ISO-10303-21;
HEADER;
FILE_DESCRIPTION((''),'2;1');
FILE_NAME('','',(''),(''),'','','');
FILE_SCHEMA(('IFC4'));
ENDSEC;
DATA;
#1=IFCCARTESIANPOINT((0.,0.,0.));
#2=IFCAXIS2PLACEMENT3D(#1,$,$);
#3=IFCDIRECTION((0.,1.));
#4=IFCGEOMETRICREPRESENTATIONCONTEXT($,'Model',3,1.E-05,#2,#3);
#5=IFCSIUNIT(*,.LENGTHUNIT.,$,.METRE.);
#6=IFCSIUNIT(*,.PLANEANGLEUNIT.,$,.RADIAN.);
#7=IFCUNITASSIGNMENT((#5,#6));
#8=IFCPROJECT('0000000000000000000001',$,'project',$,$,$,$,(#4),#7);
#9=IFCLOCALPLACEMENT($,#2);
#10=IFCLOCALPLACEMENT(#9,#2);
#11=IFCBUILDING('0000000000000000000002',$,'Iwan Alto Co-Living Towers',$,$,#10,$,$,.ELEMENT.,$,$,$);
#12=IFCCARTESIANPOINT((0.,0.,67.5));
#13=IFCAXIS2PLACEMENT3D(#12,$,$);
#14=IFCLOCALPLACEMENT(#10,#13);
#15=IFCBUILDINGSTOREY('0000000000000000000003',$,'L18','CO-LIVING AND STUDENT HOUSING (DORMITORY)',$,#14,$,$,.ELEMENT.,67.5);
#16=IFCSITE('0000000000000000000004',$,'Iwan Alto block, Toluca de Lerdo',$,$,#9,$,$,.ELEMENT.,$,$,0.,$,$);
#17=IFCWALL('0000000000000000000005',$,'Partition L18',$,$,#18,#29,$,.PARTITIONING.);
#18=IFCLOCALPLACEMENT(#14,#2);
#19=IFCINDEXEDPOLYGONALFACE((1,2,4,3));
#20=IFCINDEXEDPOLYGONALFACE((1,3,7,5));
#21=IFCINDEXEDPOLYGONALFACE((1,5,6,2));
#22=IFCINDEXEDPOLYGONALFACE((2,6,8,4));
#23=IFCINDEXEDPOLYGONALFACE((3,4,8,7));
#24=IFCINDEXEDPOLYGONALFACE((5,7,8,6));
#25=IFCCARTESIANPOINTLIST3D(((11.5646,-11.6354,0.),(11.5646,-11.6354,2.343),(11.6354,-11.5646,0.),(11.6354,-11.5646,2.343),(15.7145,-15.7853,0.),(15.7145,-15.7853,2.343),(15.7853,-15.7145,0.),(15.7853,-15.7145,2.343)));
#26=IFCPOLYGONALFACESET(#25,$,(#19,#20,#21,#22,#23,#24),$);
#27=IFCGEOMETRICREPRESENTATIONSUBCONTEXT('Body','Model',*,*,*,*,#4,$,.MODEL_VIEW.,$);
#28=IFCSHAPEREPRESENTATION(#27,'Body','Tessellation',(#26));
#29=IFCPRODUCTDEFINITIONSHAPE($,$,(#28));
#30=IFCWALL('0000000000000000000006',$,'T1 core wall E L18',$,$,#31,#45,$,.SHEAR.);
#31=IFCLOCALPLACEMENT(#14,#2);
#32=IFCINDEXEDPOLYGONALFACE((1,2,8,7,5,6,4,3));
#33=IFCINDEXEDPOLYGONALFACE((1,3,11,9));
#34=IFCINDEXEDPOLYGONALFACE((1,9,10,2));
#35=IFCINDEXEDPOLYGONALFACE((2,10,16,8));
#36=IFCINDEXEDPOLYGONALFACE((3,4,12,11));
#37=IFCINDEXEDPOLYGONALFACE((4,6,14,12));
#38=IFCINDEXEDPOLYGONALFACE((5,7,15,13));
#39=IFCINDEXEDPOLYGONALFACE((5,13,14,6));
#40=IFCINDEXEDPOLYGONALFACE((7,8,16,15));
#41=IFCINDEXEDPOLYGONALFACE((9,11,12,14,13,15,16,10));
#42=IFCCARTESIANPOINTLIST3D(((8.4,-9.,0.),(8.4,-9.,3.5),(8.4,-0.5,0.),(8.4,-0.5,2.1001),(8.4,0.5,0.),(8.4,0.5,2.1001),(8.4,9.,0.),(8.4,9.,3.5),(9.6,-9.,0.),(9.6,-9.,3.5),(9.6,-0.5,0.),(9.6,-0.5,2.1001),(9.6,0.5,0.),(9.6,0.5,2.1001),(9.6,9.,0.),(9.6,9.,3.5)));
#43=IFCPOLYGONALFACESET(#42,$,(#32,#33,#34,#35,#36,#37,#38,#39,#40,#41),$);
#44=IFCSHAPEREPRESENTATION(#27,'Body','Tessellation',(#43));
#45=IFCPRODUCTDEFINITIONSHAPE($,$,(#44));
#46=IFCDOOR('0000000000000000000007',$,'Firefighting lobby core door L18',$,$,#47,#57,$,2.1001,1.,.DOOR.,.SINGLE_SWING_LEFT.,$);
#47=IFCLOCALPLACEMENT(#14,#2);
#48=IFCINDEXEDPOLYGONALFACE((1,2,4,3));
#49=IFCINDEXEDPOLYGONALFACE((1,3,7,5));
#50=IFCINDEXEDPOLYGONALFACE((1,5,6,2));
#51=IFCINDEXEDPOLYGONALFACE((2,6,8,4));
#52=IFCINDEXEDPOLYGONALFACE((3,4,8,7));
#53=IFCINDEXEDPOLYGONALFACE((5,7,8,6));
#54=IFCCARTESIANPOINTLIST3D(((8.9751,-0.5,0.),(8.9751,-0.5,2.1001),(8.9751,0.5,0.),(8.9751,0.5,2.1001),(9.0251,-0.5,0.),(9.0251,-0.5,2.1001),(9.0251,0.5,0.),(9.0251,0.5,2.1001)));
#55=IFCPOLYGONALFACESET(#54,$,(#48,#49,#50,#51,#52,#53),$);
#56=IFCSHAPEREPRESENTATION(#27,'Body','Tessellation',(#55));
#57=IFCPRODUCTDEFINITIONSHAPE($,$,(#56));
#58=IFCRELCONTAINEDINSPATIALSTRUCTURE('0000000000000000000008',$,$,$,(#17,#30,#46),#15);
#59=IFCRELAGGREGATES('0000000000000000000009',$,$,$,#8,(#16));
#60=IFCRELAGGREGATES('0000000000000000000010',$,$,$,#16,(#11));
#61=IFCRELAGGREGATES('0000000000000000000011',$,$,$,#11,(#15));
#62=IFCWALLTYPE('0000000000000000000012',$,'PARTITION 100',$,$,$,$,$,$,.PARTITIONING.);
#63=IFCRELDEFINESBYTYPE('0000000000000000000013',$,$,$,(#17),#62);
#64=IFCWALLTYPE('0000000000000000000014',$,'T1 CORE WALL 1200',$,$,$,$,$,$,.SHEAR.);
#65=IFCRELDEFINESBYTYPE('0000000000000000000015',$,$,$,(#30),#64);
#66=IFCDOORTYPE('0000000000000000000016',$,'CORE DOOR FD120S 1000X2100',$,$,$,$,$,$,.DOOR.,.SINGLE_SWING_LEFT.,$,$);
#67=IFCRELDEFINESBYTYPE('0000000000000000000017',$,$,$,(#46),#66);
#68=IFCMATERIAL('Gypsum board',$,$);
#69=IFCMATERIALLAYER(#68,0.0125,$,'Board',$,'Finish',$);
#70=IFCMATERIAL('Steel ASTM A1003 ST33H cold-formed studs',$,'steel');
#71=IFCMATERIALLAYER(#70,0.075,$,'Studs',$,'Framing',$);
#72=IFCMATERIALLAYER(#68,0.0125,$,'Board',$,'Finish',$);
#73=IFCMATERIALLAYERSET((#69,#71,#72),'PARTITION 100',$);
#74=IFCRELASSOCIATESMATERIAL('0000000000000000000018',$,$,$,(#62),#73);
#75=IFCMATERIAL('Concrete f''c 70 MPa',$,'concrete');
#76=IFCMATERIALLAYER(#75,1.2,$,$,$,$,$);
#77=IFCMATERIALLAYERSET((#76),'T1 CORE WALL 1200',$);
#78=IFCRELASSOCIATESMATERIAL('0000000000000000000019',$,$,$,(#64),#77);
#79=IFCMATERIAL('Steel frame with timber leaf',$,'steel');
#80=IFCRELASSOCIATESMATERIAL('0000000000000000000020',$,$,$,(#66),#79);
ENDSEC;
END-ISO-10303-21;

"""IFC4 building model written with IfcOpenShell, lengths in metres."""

from ifc_helpers import new_model, si_unit, direction, frame, frame_2d, origin, place, context, subcontext, project, spatial, rectangle, extrude, material, layer, layer_set, type_object, element, fill, save


model = new_model("IFC4")

# Units and contexts
model_context = context("Model", 3, precision=1e-05, world=origin(), true_north=direction((0.0, 1.0)))
body_context = subcontext(model_context, "Body", "Model", "MODEL_VIEW")
ifc_project = project(units=[si_unit("LENGTHUNIT", "METRE"), si_unit("PLANEANGLEUNIT", "RADIAN")], contexts=[model_context])

# Site, building, storey
site_placement = place(None, origin())
site = spatial("IfcSite", under=ifc_project, at=site_placement, Name="Iwan Alto block, Toluca de Lerdo", CompositionType="ELEMENT", RefElevation=0.0)
building_placement = place(site_placement, origin())
building = spatial("IfcBuilding", under=site, at=building_placement, Name="Iwan Alto Co-Living Towers", CompositionType="ELEMENT")
storey_placement = place(building_placement, frame((0.0, 0.0, 67.5)))
storey = spatial("IfcBuildingStorey", under=building, at=storey_placement, Name="L18", Description="CO-LIVING AND STUDENT HOUSING (DORMITORY)", CompositionType="ELEMENT", Elevation=67.5)

# Shared definitions
ifc_material_1 = material(Name="Gypsum board")
ifc_material_2 = material(Name="Steel ASTM A1003 ST33H cold-formed studs", Category="steel")

# Shared definitions
ifc_layer_1 = layer(ifc_material_1, 0.0125, Name="Board", Category="Finish")
ifc_layer_2 = layer(ifc_material_2, 0.075, Name="Studs", Category="Framing")
ifc_layer_3 = layer(ifc_material_1, 0.0125, Name="Board", Category="Finish")
ifc_layer_set_1 = layer_set([ifc_layer_1, ifc_layer_2, ifc_layer_3], Name="PARTITION 100")
wall_type_1 = type_object("IfcWallType", Name="PARTITION 100", PredefinedType="PARTITIONING", material=ifc_layer_set_1)

# Wall
wall_1_placement = place(storey_placement, frame((15.75, -15.75, 0.0), z_axis=(0.0, 0.0, 1.0), x_axis=(-0.707107, 0.707107, 0.0)))
element("IfcWall", 1, at=wall_1_placement, inside=storey, type_object=wall_type_1, Name="Partition L18", PredefinedType="PARTITIONING", context=body_context, shape_type="SweptSolid", body=[
    extrude(rectangle(XDim=5.8689, YDim=0.1001, at=frame_2d((2.9346, 0.0))), origin(), (0.0, 0.0, 1.0), 2.343),
])

# Wall, opening, door
ifc_material_3 = material(Name="Concrete f'c 70 MPa", Category="concrete")
ifc_layer_4 = layer(ifc_material_3, 1.2)
ifc_layer_set_2 = layer_set([ifc_layer_4], Name="T1 CORE WALL 1200")
wall_type_2 = type_object("IfcWallType", Name="T1 CORE WALL 1200", PredefinedType="SHEAR", material=ifc_layer_set_2)
wall_2_placement = place(storey_placement, frame((9.0, -9.0, 0.0), z_axis=(0.0, 0.0, 1.0), x_axis=(0.0, 1.0, 0.0)))
wall_2 = element("IfcWall", 2, at=wall_2_placement, inside=storey, type_object=wall_type_2, Name="T1 core wall E L18", PredefinedType="SHEAR", context=body_context, shape_type="SweptSolid", body=[
    extrude(rectangle(XDim=18.0, YDim=1.2, at=frame_2d((9.0, 0.0))), origin(), (0.0, 0.0, 1.0), 3.5),
])
opening_1_placement = place(wall_2_placement, frame((8.5, 0.0, 0.0)))
opening_1 = element("IfcOpeningElement", 3, at=opening_1_placement, cuts=wall_2, PredefinedType="OPENING", context=body_context, shape_type="SweptSolid", body=[
    extrude(rectangle(XDim=1.0, YDim=2.1001, at=frame_2d((0.5, 1.05))), frame((0.0, 0.6099, 0.0), z_axis=(0.0, -1.0, 0.0), x_axis=(1.0, 0.0, 0.0)), (0.0, 0.0, 1.0), 1.22),
])
ifc_material_4 = material(Name="Steel frame with timber leaf", Category="steel")
door_type_1 = type_object("IfcDoorType", Name="CORE DOOR FD120S 1000X2100", OperationType="SINGLE_SWING_LEFT", PredefinedType="DOOR", material=ifc_material_4)
door_1_placement = place(opening_1_placement, origin())
door_1 = element("IfcDoor", 4, at=door_1_placement, inside=storey, type_object=door_type_1, Name="Firefighting lobby core door L18", OperationType="SINGLE_SWING_LEFT", OverallHeight=2.1001, OverallWidth=1.0, PredefinedType="DOOR", context=body_context, shape_type="SweptSolid", body=[
    extrude(rectangle(XDim=1.0, YDim=2.1001, at=frame_2d((0.5, 1.05))), frame((0.0, 0.0249, 0.0), z_axis=(0.0, -1.0, 0.0), x_axis=(1.0, 0.0, 0.0)), (0.0, 0.0, 1.0), 0.05),
])
fill(opening_1, door_1)

save(model, "model.ifc")
